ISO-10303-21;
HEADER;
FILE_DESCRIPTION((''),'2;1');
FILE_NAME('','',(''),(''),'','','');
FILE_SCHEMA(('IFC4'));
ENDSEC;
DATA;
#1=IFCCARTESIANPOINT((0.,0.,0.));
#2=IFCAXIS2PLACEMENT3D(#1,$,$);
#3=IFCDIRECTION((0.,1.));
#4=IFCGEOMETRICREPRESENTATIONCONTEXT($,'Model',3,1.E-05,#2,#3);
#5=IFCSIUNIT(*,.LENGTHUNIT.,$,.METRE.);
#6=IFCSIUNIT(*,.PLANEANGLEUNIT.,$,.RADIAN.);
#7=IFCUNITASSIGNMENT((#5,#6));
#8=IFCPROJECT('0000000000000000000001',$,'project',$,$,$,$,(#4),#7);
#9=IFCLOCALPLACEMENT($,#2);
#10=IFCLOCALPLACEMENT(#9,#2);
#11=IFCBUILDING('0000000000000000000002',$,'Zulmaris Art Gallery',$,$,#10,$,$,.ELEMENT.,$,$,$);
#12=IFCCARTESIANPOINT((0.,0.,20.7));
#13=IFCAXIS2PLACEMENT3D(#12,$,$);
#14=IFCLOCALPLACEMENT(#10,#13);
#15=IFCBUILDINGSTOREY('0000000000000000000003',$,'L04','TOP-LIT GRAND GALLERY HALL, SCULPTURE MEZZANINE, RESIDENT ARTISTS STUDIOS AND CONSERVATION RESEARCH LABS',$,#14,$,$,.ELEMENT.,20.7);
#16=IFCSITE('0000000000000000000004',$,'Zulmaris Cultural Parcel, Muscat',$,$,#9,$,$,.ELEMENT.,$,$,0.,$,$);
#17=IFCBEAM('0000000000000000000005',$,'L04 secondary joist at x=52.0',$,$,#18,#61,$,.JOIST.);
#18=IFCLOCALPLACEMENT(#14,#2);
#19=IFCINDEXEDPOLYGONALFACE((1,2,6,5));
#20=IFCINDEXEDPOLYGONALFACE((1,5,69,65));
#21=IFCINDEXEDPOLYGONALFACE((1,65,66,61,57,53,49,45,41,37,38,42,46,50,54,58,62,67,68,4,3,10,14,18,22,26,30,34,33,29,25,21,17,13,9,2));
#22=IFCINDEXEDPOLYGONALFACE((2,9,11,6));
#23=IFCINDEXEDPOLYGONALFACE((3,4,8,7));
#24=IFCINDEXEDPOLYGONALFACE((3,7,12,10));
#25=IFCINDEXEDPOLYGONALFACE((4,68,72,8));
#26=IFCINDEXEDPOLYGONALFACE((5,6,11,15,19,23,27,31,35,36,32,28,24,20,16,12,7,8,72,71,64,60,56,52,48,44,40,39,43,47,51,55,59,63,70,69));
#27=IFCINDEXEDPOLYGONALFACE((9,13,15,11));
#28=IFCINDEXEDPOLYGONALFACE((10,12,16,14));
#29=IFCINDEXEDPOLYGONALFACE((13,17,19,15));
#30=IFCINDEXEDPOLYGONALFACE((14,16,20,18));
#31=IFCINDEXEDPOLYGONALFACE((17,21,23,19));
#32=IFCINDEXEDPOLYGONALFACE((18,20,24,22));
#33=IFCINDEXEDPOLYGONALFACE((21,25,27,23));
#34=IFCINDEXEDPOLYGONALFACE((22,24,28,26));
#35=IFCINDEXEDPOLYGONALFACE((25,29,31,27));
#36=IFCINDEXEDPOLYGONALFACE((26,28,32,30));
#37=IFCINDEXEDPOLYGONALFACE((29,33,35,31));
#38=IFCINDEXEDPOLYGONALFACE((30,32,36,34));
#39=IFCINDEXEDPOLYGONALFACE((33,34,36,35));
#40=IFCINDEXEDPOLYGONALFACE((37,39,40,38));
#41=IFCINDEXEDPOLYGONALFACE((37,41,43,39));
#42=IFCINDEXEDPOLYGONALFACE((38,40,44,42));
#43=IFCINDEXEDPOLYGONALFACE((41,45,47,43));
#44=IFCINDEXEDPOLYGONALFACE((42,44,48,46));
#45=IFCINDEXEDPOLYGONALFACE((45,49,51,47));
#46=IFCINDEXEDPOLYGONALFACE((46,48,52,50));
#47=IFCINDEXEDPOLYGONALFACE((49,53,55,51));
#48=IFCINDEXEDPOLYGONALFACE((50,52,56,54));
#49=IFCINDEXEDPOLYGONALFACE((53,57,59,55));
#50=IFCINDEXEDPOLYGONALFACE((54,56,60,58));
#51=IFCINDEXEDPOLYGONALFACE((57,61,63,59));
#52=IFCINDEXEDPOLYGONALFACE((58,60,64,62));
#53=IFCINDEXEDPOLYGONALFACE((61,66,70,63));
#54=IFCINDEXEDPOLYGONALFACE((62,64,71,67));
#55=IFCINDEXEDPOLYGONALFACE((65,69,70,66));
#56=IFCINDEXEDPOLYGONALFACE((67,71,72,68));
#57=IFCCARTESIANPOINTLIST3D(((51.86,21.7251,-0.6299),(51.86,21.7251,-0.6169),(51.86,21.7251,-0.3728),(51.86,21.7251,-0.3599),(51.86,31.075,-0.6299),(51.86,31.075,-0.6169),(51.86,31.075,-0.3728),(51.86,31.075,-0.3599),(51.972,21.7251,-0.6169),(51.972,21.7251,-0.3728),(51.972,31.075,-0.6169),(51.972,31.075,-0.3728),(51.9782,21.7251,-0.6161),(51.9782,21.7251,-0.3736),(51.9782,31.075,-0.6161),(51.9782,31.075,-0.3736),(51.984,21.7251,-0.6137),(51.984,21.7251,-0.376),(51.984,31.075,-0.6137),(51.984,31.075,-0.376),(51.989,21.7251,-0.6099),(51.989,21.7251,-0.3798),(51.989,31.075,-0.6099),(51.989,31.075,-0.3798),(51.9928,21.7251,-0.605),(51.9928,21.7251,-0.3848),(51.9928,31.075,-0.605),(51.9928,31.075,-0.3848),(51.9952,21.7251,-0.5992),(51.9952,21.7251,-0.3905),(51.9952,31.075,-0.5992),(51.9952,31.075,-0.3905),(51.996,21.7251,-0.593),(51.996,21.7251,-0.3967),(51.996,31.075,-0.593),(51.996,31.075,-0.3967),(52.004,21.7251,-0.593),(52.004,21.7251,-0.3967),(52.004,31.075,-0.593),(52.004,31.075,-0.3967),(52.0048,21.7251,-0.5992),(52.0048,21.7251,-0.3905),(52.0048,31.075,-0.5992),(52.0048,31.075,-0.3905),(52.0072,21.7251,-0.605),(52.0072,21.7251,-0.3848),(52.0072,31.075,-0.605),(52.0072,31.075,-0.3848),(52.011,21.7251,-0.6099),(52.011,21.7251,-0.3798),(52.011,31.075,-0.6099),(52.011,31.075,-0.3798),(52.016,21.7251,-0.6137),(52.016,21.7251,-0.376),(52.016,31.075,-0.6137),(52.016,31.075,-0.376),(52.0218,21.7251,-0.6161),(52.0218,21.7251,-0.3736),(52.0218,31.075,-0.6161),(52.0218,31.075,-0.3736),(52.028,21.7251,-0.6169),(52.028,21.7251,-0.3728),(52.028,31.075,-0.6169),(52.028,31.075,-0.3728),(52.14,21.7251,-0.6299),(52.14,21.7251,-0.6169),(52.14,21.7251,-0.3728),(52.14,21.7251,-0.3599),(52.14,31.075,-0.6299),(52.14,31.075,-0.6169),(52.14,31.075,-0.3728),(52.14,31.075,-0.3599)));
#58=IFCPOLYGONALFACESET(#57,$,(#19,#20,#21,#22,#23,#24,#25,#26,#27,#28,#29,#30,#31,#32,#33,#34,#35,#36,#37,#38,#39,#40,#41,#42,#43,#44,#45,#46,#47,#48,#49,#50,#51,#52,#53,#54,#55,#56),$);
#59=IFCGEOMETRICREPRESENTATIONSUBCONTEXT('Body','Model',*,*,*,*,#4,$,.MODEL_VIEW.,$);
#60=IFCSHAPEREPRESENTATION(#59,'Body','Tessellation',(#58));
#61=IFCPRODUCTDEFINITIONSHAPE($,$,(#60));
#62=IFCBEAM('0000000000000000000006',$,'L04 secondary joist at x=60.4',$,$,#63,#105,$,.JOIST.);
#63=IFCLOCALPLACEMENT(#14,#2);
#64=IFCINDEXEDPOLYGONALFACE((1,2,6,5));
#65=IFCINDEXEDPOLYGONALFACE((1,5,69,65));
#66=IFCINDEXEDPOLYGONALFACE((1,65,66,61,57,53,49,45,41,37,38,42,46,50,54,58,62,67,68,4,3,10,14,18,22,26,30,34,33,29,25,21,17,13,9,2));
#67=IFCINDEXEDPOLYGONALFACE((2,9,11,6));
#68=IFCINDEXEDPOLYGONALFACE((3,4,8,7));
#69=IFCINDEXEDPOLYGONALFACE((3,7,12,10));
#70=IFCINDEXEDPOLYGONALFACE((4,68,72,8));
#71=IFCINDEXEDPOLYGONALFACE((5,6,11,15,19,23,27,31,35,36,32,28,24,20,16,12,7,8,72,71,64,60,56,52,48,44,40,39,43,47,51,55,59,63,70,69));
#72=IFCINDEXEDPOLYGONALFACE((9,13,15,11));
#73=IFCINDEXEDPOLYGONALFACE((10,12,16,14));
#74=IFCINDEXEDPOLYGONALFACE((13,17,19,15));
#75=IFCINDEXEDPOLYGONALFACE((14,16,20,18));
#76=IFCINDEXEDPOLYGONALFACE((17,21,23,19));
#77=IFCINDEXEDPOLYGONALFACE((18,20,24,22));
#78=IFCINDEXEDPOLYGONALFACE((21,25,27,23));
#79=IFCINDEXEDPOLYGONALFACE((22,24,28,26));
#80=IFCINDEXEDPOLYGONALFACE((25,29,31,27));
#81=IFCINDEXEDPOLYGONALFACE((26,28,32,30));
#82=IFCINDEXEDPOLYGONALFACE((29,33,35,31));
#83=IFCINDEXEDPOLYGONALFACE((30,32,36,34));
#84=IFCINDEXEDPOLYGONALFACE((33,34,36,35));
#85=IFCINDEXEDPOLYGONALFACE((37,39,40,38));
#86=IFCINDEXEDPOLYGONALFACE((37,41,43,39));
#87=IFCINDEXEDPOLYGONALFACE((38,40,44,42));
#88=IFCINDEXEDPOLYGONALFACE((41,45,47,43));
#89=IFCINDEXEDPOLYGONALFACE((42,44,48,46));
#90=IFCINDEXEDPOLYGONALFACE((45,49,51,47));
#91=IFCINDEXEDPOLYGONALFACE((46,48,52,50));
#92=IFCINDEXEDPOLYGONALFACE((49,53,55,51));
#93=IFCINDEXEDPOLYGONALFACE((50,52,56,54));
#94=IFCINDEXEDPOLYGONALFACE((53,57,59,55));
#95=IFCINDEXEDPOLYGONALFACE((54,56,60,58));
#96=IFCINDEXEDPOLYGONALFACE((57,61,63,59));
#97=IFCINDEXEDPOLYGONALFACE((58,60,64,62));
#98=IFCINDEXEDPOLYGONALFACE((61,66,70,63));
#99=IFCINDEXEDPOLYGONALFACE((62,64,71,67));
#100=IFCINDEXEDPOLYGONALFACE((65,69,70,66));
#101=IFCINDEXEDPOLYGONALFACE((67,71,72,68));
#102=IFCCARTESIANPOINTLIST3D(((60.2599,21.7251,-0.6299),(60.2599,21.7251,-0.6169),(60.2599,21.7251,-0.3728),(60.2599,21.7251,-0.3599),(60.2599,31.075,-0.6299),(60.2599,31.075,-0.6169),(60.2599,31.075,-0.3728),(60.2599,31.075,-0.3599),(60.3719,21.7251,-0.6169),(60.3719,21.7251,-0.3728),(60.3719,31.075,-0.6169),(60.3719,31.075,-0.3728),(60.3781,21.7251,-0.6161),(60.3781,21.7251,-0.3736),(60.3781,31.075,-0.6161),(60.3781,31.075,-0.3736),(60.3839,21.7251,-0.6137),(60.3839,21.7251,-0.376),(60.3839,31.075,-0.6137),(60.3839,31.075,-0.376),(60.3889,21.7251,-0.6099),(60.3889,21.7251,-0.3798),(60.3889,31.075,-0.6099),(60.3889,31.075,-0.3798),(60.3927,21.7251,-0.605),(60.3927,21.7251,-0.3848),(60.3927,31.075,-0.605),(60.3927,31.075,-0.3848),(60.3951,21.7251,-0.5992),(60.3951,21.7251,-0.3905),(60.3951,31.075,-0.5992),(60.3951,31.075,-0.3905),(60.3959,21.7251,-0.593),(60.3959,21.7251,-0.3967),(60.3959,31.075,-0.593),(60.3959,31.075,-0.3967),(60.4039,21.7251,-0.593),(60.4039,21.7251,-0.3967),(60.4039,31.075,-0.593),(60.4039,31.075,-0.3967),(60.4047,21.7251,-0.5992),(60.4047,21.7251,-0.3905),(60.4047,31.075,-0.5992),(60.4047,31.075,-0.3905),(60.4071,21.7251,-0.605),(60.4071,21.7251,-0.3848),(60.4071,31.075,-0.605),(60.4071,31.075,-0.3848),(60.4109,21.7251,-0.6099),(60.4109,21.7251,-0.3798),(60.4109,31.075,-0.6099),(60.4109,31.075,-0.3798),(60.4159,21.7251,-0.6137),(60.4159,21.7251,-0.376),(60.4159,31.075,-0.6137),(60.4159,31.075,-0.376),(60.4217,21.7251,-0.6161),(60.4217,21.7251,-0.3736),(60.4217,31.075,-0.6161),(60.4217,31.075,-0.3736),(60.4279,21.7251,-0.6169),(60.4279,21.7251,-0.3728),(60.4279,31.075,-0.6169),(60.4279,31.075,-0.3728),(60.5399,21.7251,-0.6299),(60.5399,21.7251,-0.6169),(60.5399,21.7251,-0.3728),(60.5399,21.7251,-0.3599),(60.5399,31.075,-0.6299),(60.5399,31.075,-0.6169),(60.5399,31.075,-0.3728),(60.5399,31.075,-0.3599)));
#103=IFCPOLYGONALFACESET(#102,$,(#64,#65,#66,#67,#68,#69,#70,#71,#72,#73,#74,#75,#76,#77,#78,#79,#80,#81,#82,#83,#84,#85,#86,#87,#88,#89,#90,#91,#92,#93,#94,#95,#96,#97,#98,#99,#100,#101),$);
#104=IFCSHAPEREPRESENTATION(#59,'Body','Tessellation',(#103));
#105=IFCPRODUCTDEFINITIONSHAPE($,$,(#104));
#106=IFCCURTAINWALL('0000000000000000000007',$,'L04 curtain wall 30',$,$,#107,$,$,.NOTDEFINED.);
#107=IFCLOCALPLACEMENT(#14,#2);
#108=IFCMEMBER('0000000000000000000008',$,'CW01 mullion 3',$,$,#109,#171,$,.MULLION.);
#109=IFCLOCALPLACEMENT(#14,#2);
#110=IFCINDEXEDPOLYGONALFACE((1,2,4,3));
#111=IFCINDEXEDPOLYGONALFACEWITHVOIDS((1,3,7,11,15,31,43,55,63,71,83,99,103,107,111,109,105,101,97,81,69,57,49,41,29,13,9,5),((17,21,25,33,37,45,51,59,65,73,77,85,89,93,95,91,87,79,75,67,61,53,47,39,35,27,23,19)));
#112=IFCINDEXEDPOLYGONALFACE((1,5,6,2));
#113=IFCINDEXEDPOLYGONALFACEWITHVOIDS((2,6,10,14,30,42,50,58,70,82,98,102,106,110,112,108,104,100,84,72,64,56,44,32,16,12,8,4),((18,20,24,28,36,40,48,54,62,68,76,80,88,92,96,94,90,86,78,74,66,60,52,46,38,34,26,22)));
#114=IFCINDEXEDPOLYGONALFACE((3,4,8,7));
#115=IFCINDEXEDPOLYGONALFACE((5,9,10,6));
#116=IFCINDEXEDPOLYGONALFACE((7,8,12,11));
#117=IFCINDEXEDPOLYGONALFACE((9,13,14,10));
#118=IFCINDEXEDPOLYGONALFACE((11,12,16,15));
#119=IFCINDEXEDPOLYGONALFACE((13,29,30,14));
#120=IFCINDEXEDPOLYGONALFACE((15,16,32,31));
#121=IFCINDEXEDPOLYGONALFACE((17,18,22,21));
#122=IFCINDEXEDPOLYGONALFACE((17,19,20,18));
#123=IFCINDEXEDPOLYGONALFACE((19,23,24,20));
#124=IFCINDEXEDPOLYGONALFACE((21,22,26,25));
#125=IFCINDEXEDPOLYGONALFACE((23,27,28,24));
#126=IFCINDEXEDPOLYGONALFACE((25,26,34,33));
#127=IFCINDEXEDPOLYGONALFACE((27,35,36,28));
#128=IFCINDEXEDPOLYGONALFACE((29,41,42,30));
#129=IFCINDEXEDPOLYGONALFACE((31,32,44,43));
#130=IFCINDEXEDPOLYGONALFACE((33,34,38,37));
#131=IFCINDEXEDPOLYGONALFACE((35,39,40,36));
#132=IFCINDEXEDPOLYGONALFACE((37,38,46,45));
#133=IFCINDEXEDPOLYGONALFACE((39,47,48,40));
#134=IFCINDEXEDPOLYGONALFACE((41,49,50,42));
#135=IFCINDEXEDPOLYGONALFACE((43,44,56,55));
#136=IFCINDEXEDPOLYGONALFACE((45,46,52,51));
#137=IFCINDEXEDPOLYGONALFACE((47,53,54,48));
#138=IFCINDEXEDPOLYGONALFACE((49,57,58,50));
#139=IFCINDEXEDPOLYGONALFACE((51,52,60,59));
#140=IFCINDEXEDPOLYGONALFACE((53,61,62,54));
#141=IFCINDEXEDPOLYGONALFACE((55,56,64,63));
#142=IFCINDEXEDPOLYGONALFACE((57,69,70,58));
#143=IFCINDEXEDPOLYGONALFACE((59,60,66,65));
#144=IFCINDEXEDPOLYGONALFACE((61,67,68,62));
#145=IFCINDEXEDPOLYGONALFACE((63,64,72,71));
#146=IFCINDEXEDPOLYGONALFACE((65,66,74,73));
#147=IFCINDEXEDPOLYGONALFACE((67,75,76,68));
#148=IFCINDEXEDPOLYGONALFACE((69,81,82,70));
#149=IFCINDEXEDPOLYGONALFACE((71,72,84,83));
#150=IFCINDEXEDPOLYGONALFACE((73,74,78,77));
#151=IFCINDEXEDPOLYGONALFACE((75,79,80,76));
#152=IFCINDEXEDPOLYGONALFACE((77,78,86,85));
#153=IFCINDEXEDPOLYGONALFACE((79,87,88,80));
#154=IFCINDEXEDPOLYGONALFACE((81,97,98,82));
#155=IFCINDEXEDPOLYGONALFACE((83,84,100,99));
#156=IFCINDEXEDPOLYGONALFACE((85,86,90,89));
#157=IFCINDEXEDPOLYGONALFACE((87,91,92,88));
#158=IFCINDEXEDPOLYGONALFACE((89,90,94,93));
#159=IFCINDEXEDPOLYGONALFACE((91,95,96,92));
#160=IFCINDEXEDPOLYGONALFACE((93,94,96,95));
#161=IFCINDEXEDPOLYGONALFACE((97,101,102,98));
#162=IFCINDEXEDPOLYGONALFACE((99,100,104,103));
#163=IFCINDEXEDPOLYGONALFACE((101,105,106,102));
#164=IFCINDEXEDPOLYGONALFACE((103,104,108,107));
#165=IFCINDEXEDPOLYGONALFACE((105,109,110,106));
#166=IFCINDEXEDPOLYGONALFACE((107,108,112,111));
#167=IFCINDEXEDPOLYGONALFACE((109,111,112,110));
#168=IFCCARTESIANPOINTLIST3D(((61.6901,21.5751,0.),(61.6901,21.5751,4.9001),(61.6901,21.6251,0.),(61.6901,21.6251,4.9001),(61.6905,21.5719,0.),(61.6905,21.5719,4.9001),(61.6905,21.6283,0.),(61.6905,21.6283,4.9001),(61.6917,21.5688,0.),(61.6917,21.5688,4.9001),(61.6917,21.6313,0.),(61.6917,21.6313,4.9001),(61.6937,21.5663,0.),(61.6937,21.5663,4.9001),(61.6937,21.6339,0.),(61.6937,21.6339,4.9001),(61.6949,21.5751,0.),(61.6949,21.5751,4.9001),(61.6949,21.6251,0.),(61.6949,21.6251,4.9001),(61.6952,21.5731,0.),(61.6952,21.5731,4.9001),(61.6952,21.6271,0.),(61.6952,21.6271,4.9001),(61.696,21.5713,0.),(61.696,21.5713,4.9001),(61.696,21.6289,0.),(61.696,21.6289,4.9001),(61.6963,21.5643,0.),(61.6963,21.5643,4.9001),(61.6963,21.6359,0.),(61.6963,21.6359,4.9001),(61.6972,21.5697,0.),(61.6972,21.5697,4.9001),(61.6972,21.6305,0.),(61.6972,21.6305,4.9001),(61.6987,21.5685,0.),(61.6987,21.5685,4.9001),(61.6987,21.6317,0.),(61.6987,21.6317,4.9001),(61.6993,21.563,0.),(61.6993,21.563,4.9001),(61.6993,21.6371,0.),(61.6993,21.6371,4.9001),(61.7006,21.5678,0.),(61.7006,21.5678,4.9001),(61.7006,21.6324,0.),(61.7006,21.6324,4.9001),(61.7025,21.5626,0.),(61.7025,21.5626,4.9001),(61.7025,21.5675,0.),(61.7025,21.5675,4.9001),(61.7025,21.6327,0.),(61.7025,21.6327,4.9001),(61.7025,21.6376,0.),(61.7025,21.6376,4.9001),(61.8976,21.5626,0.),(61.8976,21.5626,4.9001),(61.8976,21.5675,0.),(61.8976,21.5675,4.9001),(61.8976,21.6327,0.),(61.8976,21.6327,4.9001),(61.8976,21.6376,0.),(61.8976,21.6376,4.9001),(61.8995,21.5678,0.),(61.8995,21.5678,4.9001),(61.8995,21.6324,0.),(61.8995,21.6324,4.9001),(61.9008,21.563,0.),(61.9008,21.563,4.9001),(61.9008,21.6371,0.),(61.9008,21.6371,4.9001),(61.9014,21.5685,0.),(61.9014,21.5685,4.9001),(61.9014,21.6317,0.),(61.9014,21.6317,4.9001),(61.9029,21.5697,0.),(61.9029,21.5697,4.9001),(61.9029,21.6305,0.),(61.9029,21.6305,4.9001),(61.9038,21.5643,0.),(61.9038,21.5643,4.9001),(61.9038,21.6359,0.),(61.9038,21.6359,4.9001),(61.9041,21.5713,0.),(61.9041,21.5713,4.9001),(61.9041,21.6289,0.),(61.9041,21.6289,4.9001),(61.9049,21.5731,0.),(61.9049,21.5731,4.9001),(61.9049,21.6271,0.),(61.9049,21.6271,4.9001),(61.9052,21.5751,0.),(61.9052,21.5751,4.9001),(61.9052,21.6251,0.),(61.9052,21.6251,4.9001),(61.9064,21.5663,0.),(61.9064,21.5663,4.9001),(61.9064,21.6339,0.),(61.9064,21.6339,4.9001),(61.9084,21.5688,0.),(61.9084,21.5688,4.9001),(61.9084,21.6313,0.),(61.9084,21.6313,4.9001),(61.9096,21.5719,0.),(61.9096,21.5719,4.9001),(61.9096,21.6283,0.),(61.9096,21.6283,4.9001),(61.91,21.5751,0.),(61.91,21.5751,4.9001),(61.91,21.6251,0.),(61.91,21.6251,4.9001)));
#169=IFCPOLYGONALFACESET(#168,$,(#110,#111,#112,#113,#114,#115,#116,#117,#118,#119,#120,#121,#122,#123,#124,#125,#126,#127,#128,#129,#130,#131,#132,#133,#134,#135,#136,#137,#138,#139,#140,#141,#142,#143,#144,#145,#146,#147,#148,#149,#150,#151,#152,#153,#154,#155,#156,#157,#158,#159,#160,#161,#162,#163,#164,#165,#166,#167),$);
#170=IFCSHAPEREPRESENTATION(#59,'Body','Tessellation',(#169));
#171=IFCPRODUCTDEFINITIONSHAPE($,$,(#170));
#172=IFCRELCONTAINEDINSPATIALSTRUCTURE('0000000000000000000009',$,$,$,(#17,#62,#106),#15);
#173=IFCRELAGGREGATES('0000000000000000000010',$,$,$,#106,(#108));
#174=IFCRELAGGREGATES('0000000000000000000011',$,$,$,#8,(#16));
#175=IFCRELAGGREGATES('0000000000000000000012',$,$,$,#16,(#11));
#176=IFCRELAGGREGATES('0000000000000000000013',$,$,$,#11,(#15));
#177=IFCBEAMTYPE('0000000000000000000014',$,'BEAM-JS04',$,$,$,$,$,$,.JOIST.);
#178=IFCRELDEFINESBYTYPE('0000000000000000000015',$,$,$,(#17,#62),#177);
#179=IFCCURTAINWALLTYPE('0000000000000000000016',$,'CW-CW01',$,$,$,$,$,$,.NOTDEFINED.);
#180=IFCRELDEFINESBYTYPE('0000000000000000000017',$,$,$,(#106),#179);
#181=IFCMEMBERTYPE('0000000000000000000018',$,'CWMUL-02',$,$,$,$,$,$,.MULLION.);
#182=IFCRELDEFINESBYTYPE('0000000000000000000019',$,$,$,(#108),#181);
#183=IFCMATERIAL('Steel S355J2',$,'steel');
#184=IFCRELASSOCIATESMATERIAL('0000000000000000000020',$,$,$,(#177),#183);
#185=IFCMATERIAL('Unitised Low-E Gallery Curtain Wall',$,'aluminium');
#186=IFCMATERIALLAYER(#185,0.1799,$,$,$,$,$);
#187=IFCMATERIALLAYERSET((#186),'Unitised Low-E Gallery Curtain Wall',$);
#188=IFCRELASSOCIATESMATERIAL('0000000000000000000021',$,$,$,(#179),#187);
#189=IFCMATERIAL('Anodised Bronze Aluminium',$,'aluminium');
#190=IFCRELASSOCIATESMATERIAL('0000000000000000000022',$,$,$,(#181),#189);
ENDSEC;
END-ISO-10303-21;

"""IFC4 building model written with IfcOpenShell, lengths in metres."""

from ifc_helpers import new_model, si_unit, direction, frame, origin, origin_2d, place, context, subcontext, project, spatial, hollow_rectangle, i_section, extrude, material, layer, layer_set, material_profile, profile_set, type_object, element, aggregate, save


model = new_model("IFC4")

# Units and contexts
model_context = context("Model", 3, precision=1e-05, world=origin(), true_north=direction((0.0, 1.0)))
body_context = subcontext(model_context, "Body", "Model", "MODEL_VIEW")
ifc_project = project(units=[si_unit("LENGTHUNIT", "METRE"), si_unit("PLANEANGLEUNIT", "RADIAN")], contexts=[model_context])

# Site, building, storey
site_placement = place(None, origin())
site = spatial("IfcSite", under=ifc_project, at=site_placement, Name="Zulmaris Cultural Parcel, Muscat", CompositionType="ELEMENT", RefElevation=0.0)
building_placement = place(site_placement, origin())
building = spatial("IfcBuilding", under=site, at=building_placement, Name="Zulmaris Art Gallery", CompositionType="ELEMENT")
storey_placement = place(building_placement, frame((0.0, 0.0, 20.7)))
storey = spatial("IfcBuildingStorey", under=building, at=storey_placement, Name="L04", Description="TOP-LIT GRAND GALLERY HALL, SCULPTURE MEZZANINE, RESIDENT ARTISTS STUDIOS AND CONSERVATION RESEARCH LABS", CompositionType="ELEMENT", Elevation=20.7)

# Beams
ifc_material_1 = material(Name="Steel S355J2", Category="steel")
ifc_material_profile_1 = material_profile(ifc_material_1, i_section(OverallWidth=0.28, OverallDepth=0.27, WebThickness=0.0081, FlangeThickness=0.0129, FilletRadius=0.0239, at=origin_2d()), Name="HEA 280")
ifc_profile_set_1 = profile_set([ifc_material_profile_1], Name="Steel S355J2")
beam_type_1 = type_object("IfcBeamType", Name="BEAM-JS04", PredefinedType="JOIST", material=ifc_profile_set_1)
for number, where, z_axis, x_axis, name in (
    (1, (52.0, 21.7251, -0.4949), (0.0, 1.0, 0.0), (-1.0, 0.0, 0.0), "L04 secondary joist at x=52.0"),
    (2, (60.3999, 21.7251, -0.4949), (0.0, 1.0, 0.0), (-1.0, 0.0, 0.0), "L04 secondary joist at x=60.4"),
):
    element("IfcBeam", number, at=place(storey_placement, frame(where, z_axis=z_axis, x_axis=x_axis)), inside=storey, type_object=beam_type_1, Name=name, PredefinedType="JOIST", context=body_context, shape_type="SweptSolid", body=[
        extrude(i_section(OverallWidth=0.28, OverallDepth=0.27, WebThickness=0.0081, FlangeThickness=0.0129, FilletRadius=0.0239, at=origin_2d()), origin(), (0.0, 0.0, 1.0), 9.3499),
    ])

# Curtain wall, member
ifc_material_2 = material(Name="Unitised Low-E Gallery Curtain Wall", Category="aluminium")
ifc_layer_1 = layer(ifc_material_2, 0.1799)
ifc_layer_set_1 = layer_set([ifc_layer_1], Name="Unitised Low-E Gallery Curtain Wall")
curtain_wall_type = type_object("IfcCurtainWallType", Name="CW-CW01", PredefinedType="NOTDEFINED", material=ifc_layer_set_1)
curtain_wall_placement = place(storey_placement, origin())
curtain_wall = element("IfcCurtainWall", 3, at=curtain_wall_placement, inside=storey, type_object=curtain_wall_type, Name="L04 curtain wall 30", PredefinedType="NOTDEFINED")
ifc_material_3 = material(Name="Anodised Bronze Aluminium", Category="aluminium")
ifc_material_profile_2 = material_profile(ifc_material_3, hollow_rectangle(XDim=0.075, YDim=0.22, WallThickness=0.0049, InnerFilletRadius=0.0076, OuterFilletRadius=0.0125, at=origin_2d()), Name="ALU 75x220x5")
ifc_profile_set_2 = profile_set([ifc_material_profile_2], Name="Anodised Bronze Aluminium")
member_type_1 = type_object("IfcMemberType", Name="CWMUL-02", PredefinedType="MULLION", material=ifc_profile_set_2)
member_1_placement = place(storey_placement, frame((61.8, 21.6001, 0.0), z_axis=(0.0, 0.0, 1.0), x_axis=(0.0, 1.0, 0.0)))
member_1 = element("IfcMember", 4, at=member_1_placement, type_object=member_type_1, Name="CW01 mullion 3", PredefinedType="MULLION", context=body_context, shape_type="SweptSolid", body=[
    extrude(hollow_rectangle(XDim=0.075, YDim=0.22, WallThickness=0.0049, InnerFilletRadius=0.0076, OuterFilletRadius=0.0125, at=origin_2d()), origin(), (0.0, 0.0, 1.0), 4.9001),
])
aggregate(curtain_wall, [member_1])

save(model, "model.ifc")
